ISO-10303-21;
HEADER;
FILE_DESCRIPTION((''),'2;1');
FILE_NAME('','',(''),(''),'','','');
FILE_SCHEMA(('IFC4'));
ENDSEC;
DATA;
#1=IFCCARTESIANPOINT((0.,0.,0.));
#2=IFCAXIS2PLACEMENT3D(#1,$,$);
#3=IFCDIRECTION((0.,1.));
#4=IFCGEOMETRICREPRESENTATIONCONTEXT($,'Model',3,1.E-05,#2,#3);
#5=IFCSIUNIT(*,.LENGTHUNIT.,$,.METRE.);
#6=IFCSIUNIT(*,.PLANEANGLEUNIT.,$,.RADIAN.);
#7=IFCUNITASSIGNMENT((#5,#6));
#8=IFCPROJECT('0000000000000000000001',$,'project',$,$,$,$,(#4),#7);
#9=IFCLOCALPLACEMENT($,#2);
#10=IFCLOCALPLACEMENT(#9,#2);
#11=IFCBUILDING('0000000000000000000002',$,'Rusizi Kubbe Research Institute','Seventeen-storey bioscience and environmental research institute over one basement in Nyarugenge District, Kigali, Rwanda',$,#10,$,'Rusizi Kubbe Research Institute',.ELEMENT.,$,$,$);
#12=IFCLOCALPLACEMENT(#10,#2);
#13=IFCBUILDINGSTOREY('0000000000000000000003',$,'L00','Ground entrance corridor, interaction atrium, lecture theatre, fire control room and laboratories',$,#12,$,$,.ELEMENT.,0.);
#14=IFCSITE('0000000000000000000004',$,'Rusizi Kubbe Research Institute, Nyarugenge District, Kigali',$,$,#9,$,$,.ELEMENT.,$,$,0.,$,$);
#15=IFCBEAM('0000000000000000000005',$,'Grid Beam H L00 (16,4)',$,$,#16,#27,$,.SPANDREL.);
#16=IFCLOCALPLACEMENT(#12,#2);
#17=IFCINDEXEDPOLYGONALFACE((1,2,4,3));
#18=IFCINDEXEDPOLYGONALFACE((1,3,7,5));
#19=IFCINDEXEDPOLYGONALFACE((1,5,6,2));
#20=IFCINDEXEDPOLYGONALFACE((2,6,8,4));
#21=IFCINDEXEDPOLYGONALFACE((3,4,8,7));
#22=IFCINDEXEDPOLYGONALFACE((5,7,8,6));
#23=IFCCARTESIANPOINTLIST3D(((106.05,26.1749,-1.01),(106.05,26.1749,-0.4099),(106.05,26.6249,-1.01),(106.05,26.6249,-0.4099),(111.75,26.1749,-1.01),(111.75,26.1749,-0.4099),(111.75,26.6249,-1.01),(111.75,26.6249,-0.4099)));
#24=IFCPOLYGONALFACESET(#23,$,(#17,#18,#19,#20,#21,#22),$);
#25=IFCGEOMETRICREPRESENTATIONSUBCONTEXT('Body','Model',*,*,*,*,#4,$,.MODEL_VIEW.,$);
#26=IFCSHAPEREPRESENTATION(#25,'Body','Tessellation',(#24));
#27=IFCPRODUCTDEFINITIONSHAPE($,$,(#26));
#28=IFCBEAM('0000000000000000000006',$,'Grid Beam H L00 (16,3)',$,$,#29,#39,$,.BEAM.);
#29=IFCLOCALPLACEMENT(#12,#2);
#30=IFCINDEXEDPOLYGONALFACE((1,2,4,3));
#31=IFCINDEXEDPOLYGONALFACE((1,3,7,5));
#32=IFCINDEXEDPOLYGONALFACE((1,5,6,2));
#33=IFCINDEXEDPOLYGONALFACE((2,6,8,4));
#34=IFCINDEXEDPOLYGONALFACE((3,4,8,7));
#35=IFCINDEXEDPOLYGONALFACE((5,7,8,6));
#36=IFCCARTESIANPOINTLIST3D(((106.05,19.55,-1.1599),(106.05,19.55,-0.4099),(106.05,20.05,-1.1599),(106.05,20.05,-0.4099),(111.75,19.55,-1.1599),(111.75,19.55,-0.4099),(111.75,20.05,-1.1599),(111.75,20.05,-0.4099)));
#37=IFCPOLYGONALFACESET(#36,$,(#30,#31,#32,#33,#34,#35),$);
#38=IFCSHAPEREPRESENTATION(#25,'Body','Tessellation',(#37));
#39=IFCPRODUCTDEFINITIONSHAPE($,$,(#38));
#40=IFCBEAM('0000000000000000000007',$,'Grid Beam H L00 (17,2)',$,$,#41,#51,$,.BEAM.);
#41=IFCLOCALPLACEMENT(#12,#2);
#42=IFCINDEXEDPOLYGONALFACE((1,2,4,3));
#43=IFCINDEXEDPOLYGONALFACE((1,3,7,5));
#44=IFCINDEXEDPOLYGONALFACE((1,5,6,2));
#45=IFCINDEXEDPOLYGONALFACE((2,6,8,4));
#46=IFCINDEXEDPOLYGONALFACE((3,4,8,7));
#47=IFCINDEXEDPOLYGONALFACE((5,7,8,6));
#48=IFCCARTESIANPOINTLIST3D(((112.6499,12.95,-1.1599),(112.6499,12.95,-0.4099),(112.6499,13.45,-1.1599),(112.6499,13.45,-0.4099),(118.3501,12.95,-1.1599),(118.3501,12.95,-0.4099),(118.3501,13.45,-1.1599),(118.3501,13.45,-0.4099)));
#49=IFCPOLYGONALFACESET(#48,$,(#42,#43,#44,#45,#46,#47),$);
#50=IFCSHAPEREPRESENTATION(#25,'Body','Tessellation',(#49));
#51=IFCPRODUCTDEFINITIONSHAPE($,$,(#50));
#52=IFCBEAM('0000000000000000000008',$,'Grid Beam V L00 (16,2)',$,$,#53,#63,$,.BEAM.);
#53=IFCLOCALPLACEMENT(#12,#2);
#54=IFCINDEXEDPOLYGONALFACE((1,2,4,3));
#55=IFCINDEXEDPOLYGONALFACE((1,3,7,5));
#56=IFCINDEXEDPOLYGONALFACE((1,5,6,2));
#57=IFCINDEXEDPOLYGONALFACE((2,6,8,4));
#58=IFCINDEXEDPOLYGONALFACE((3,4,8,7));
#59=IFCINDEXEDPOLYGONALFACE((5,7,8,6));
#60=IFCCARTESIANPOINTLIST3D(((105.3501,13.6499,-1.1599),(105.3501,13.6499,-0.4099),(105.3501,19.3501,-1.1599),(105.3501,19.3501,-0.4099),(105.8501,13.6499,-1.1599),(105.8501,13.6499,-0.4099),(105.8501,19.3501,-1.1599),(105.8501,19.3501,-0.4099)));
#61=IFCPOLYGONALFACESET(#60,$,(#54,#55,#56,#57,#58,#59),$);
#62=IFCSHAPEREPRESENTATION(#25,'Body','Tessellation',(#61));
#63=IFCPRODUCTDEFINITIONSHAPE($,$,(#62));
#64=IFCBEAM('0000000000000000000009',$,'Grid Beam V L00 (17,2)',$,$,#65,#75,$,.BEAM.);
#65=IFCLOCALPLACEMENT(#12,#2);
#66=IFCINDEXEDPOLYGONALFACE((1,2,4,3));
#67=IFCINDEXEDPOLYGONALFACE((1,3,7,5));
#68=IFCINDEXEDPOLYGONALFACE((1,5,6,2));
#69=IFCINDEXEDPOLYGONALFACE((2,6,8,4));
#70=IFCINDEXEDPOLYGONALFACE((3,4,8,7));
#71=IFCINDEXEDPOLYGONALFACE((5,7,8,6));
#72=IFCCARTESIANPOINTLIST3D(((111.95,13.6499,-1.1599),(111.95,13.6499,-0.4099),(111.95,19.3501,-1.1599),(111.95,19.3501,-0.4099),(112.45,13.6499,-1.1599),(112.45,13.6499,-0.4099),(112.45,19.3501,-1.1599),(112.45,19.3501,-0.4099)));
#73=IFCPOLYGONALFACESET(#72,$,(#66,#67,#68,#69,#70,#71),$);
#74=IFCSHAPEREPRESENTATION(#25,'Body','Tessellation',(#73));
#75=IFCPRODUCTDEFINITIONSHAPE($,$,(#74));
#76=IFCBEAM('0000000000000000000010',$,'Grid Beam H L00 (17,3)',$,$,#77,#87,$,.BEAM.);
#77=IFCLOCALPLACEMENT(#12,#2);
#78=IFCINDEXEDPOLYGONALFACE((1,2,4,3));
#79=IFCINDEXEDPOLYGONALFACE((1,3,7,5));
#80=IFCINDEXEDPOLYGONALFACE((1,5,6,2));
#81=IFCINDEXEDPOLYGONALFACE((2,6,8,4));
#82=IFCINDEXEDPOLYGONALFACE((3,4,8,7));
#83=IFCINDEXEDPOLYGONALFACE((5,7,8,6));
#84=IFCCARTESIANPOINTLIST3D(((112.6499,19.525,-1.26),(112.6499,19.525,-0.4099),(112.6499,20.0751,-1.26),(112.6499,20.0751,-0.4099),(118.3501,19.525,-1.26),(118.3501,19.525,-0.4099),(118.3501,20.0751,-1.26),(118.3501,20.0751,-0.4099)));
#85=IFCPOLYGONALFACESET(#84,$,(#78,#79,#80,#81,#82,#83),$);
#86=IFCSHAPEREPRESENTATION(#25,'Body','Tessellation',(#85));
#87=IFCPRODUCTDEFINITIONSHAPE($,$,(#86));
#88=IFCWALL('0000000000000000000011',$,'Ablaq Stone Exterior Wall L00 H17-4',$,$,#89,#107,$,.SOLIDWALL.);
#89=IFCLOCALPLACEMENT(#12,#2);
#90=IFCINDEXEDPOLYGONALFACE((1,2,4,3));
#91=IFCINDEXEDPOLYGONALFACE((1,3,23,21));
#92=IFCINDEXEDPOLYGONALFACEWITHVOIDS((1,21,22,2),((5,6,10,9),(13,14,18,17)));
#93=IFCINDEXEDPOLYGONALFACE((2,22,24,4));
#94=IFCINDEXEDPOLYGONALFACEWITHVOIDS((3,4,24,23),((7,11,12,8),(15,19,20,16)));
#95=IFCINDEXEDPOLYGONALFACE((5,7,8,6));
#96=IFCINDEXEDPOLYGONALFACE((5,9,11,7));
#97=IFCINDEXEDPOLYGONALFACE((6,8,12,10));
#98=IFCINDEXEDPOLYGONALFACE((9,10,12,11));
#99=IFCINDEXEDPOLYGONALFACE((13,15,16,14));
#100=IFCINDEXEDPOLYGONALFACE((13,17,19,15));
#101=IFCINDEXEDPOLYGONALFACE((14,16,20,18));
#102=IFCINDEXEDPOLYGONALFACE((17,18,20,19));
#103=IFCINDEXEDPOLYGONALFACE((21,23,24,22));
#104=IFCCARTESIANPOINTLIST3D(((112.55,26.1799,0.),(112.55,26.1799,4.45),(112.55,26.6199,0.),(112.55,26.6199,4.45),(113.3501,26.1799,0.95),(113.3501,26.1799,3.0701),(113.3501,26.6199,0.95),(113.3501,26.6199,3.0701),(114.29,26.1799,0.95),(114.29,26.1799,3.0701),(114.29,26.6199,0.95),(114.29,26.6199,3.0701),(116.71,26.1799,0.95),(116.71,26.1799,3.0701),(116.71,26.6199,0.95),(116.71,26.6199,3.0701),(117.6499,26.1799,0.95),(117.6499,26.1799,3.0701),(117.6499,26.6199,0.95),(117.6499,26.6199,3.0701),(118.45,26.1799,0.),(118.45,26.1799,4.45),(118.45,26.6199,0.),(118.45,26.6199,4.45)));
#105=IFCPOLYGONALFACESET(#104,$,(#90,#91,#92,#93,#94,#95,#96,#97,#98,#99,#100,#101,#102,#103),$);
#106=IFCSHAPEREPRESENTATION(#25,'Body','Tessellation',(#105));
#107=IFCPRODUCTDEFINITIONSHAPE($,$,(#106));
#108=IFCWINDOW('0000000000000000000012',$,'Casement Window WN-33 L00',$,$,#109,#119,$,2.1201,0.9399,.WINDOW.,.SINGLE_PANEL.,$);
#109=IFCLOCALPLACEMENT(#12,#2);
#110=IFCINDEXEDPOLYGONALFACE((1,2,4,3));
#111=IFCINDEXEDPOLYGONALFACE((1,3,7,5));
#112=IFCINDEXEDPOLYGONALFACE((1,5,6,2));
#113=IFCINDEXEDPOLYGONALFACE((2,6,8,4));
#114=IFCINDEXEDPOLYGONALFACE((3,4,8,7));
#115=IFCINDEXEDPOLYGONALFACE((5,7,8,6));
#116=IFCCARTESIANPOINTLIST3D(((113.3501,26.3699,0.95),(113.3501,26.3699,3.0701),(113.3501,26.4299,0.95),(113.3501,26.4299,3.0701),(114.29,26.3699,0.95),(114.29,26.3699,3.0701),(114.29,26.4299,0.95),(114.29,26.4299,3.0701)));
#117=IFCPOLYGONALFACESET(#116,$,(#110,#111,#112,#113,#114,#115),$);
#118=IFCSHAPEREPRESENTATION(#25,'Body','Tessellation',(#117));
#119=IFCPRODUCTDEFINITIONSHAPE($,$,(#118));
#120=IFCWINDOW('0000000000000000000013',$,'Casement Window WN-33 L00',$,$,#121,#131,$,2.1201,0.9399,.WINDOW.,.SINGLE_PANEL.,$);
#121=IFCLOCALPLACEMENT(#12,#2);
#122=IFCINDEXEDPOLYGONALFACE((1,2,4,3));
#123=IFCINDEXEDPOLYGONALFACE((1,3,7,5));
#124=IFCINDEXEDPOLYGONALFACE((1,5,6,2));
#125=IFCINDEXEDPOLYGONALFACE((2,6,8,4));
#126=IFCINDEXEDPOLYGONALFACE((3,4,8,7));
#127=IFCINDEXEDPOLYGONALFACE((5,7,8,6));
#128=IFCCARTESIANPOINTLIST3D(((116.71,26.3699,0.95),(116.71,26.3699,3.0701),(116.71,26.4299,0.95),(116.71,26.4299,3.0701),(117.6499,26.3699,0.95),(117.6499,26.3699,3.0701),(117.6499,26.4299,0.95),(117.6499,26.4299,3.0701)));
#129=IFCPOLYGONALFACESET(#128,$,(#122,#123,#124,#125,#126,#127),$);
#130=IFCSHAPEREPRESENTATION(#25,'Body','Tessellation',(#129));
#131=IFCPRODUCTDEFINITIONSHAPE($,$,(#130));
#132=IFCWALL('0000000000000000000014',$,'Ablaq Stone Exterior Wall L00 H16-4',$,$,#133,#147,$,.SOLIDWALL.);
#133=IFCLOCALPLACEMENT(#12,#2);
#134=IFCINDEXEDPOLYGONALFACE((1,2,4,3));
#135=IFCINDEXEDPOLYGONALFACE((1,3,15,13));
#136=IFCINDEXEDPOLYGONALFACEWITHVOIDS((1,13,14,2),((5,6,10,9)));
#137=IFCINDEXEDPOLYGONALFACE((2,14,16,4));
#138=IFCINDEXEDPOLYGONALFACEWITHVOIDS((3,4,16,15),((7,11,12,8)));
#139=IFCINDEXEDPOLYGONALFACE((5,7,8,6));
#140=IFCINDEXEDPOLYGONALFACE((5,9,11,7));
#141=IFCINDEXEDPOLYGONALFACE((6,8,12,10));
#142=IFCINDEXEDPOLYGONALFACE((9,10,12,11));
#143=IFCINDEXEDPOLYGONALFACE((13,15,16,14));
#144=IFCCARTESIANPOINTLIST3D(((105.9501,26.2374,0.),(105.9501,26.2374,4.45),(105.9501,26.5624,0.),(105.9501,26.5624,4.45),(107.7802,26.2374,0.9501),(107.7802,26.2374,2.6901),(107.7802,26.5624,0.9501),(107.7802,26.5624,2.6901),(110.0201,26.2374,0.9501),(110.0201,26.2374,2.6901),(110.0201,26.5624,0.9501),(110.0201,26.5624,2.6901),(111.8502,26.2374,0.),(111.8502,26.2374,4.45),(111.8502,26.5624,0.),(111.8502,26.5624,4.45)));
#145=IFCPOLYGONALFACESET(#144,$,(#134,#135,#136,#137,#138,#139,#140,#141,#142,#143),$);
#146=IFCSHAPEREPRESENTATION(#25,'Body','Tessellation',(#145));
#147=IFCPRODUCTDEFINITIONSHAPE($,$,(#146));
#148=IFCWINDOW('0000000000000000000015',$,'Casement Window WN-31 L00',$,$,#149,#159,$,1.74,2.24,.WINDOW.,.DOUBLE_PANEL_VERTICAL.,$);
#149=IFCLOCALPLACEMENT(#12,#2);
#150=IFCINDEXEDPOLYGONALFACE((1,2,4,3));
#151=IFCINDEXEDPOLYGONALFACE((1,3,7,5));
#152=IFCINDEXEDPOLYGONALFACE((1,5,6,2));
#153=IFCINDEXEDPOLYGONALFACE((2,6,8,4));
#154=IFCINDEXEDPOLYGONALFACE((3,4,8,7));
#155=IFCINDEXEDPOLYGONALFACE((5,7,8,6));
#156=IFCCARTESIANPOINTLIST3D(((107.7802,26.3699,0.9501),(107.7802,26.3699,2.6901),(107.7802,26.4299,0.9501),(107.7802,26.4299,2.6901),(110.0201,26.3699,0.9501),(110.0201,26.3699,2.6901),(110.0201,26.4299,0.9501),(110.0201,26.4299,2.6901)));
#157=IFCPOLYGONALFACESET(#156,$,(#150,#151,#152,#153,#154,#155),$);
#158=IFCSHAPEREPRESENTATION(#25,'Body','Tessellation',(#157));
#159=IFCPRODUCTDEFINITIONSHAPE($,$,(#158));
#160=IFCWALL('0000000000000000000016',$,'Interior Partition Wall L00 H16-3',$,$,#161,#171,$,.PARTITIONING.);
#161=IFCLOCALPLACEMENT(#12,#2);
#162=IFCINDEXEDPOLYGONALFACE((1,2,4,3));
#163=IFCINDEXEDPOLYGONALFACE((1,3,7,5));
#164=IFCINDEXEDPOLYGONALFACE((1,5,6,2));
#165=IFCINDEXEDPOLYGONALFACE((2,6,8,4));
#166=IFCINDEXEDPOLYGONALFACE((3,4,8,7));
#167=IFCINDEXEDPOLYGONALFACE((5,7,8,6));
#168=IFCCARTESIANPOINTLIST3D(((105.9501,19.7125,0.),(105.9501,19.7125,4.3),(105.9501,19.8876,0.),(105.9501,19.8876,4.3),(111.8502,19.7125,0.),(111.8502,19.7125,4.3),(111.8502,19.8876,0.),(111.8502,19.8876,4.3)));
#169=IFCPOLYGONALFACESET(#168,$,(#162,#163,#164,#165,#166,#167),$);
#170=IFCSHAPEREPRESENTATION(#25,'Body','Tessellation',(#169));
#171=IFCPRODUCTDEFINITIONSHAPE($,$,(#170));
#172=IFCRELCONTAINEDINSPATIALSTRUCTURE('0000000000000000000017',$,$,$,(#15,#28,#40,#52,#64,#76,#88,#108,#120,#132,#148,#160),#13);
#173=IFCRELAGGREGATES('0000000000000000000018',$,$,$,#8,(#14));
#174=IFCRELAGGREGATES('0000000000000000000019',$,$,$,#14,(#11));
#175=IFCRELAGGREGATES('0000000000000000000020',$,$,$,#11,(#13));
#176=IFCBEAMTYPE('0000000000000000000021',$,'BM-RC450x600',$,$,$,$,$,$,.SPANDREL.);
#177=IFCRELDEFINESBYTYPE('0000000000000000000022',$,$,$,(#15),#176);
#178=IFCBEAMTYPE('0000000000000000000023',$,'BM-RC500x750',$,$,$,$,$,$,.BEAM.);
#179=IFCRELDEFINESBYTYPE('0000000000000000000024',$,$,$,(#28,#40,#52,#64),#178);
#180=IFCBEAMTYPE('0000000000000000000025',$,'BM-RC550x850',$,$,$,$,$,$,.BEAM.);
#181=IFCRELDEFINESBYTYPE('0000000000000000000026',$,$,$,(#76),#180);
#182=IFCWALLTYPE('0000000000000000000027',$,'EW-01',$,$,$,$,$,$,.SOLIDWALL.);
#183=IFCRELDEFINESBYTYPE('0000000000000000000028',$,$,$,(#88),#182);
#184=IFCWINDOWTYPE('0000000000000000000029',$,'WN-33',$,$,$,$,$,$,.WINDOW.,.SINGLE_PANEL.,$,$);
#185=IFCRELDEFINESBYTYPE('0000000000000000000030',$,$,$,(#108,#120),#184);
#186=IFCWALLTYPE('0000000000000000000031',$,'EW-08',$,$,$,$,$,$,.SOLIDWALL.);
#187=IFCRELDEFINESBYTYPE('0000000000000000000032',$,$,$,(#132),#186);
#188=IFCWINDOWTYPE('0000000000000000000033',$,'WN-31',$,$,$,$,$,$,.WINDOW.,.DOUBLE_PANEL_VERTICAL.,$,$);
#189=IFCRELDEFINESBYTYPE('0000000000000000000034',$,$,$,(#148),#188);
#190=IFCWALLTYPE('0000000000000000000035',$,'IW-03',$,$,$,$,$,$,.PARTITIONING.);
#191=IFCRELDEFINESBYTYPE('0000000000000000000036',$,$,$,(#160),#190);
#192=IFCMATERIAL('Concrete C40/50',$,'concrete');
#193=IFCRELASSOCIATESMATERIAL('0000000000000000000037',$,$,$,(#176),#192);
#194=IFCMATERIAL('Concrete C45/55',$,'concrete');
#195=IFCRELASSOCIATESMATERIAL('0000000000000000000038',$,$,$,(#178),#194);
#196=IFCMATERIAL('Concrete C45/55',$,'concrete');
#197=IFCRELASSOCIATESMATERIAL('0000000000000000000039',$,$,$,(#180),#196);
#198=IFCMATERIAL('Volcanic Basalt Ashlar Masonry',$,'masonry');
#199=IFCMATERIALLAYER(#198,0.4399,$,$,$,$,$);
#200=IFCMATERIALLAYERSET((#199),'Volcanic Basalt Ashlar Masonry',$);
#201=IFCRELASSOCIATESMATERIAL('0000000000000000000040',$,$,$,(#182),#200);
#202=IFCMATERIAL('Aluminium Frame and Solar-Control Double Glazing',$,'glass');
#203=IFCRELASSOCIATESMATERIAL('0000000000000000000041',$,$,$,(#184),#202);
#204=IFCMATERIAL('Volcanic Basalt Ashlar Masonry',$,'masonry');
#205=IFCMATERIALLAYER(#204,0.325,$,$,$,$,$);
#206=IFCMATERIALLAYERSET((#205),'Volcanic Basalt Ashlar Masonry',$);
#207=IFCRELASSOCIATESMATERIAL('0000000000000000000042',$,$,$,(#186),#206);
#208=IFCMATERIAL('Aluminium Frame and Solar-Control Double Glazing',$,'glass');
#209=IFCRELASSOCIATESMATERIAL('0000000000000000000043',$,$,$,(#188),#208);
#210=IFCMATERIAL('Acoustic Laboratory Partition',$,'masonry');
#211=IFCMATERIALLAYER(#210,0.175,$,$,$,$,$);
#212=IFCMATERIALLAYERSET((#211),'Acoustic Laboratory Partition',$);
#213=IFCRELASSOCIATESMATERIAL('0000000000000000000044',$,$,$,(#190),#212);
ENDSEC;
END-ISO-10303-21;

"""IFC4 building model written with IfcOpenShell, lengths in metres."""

from ifc_helpers import new_model, si_unit, direction, frame, frame_2d, origin, origin_2d, place, context, subcontext, project, spatial, rectangle, extrude, material, layer, layer_set, material_profile, profile_set, type_object, element, fill, save


model = new_model("IFC4")

# Units and contexts
model_context = context("Model", 3, precision=1e-05, world=origin(), true_north=direction((0.0, 1.0)))
body_context = subcontext(model_context, "Body", "Model", "MODEL_VIEW")
ifc_project = project(units=[si_unit("LENGTHUNIT", "METRE"), si_unit("PLANEANGLEUNIT", "RADIAN")], contexts=[model_context])

# Site, building, storey
site_placement = place(None, origin())
site = spatial("IfcSite", under=ifc_project, at=site_placement, Name="Rusizi Kubbe Research Institute, Nyarugenge District, Kigali", CompositionType="ELEMENT", RefElevation=0.0)
building_placement = place(site_placement, origin())
building = spatial("IfcBuilding", under=site, at=building_placement, Name="Rusizi Kubbe Research Institute", Description="Seventeen-storey bioscience and environmental research institute over one basement in Nyarugenge District, Kigali, Rwanda", LongName="Rusizi Kubbe Research Institute", CompositionType="ELEMENT")
storey_placement = place(building_placement, origin())
storey = spatial("IfcBuildingStorey", under=building, at=storey_placement, Name="L00", Description="Ground entrance corridor, interaction atrium, lecture theatre, fire control room and laboratories", CompositionType="ELEMENT", Elevation=0.0)

# Beams
ifc_material_1 = material(Name="Concrete C40/50", Category="concrete")
ifc_material_profile_1 = material_profile(ifc_material_1, rectangle(XDim=0.45, YDim=0.6001, at=origin_2d()), Name="RC450x600")
ifc_profile_set_1 = profile_set([ifc_material_profile_1], Name="Concrete C40/50")
beam_type_1 = type_object("IfcBeamType", Name="BM-RC450x600", PredefinedType="SPANDREL", material=ifc_profile_set_1)
beam_1_placement = place(storey_placement, frame((106.05, 26.3999, -0.71), z_axis=(1.0, 0.0, 0.0), x_axis=(0.0, 1.0, 0.0)))
element("IfcBeam", 1, at=beam_1_placement, inside=storey, type_object=beam_type_1, Name="Grid Beam H L00 (16,4)", PredefinedType="SPANDREL", context=body_context, shape_type="SweptSolid", body=[
    extrude(rectangle(XDim=0.45, YDim=0.6001, at=origin_2d()), origin(), (0.0, 0.0, 1.0), 5.7),
])
ifc_material_2 = material(Name="Concrete C45/55", Category="concrete")
ifc_material_profile_2 = material_profile(ifc_material_2, rectangle(XDim=0.5, YDim=0.75, at=origin_2d()), Name="RC500x750B")
ifc_profile_set_2 = profile_set([ifc_material_profile_2], Name="Concrete C45/55")
beam_type_2 = type_object("IfcBeamType", Name="BM-RC500x750", PredefinedType="BEAM", material=ifc_profile_set_2)
beam_2_placement = place(storey_placement, frame((106.05, 19.8, -0.7849), z_axis=(1.0, 0.0, 0.0), x_axis=(0.0, 1.0, 0.0)))
element("IfcBeam", 2, at=beam_2_placement, inside=storey, type_object=beam_type_2, Name="Grid Beam H L00 (16,3)", PredefinedType="BEAM", context=body_context, shape_type="SweptSolid", body=[
    extrude(rectangle(XDim=0.5, YDim=0.75, at=origin_2d()), origin(), (0.0, 0.0, 1.0), 5.7),
])
for number, where, z_axis, x_axis, name in (
    (3, (112.6499, 13.2, -0.7849), (1.0, 0.0, 0.0), (0.0, 1.0, 0.0), "Grid Beam H L00 (17,2)"),
    (4, (105.6001, 13.6499, -0.7849), (0.0, 1.0, 0.0), (-1.0, 0.0, 0.0), "Grid Beam V L00 (16,2)"),
    (5, (112.2, 13.6499, -0.7849), (0.0, 1.0, 0.0), (-1.0, 0.0, 0.0), "Grid Beam V L00 (17,2)"),
):
    element("IfcBeam", number, at=place(storey_placement, frame(where, z_axis=z_axis, x_axis=x_axis)), inside=storey, type_object=beam_type_2, Name=name, PredefinedType="BEAM", context=body_context, shape_type="SweptSolid", body=[
        extrude(rectangle(XDim=0.5, YDim=0.75, at=origin_2d()), origin(), (0.0, 0.0, 1.0), 5.7002),
    ])
ifc_material_3 = material(Name="Concrete C45/55", Category="concrete")
ifc_material_profile_3 = material_profile(ifc_material_3, rectangle(XDim=0.55, YDim=0.8501, at=origin_2d()), Name="RC550x850")
ifc_profile_set_3 = profile_set([ifc_material_profile_3], Name="Concrete C45/55")
beam_type_3 = type_object("IfcBeamType", Name="BM-RC550x850", PredefinedType="BEAM", material=ifc_profile_set_3)
beam_3_placement = place(storey_placement, frame((112.6499, 19.8, -0.835), z_axis=(1.0, 0.0, 0.0), x_axis=(0.0, 1.0, 0.0)))
element("IfcBeam", 6, at=beam_3_placement, inside=storey, type_object=beam_type_3, Name="Grid Beam H L00 (17,3)", PredefinedType="BEAM", context=body_context, shape_type="SweptSolid", body=[
    extrude(rectangle(XDim=0.55, YDim=0.8501, at=origin_2d()), origin(), (0.0, 0.0, 1.0), 5.7002),
])

# Wall, openings, windows
ifc_material_4 = material(Name="Volcanic Basalt Ashlar Masonry", Category="masonry")
ifc_layer_1 = layer(ifc_material_4, 0.4399)
ifc_layer_set_1 = layer_set([ifc_layer_1], Name="Volcanic Basalt Ashlar Masonry")
wall_type_1 = type_object("IfcWallType", Name="EW-01", PredefinedType="SOLIDWALL", material=ifc_layer_set_1)
wall_1_placement = place(storey_placement, frame((112.55, 26.3999, 0.0), z_axis=(0.0, 0.0, 1.0), x_axis=(1.0, 0.0, 0.0)))
wall_1 = element("IfcWall", 7, at=wall_1_placement, inside=storey, type_object=wall_type_1, Name="Ablaq Stone Exterior Wall L00 H17-4", PredefinedType="SOLIDWALL", context=body_context, shape_type="SweptSolid", body=[
    extrude(rectangle(XDim=5.8999, YDim=0.4399, at=frame_2d((2.95, 0.0))), origin(), (0.0, 0.0, 1.0), 4.45),
])
opening_1_placement = place(wall_1_placement, frame((0.8, 0.0, 0.95)))
opening_1 = element("IfcOpeningElement", 8, at=opening_1_placement, cuts=wall_1, PredefinedType="OPENING", context=body_context, shape_type="SweptSolid", body=[
    extrude(rectangle(XDim=0.9399, YDim=2.1201, at=frame_2d((0.47, 1.0601))), frame((0.0, 0.23, 0.0), z_axis=(0.0, -1.0, 0.0), x_axis=(1.0, 0.0, 0.0)), (0.0, 0.0, 1.0), 0.46),
])
opening_2_placement = place(wall_1_placement, frame((4.1599, 0.0, 0.95)))
opening_2 = element("IfcOpeningElement", 9, at=opening_2_placement, cuts=wall_1, PredefinedType="OPENING", context=body_context, shape_type="SweptSolid", body=[
    extrude(rectangle(XDim=0.9399, YDim=2.1201, at=frame_2d((0.47, 1.0601))), frame((0.0, 0.23, 0.0), z_axis=(0.0, -1.0, 0.0), x_axis=(1.0, 0.0, 0.0)), (0.0, 0.0, 1.0), 0.46),
])
ifc_material_5 = material(Name="Aluminium Frame and Solar-Control Double Glazing", Category="glass")
window_type_1 = type_object("IfcWindowType", Name="WN-33", PartitioningType="SINGLE_PANEL", PredefinedType="WINDOW", material=ifc_material_5)
window_1_placement = place(opening_1_placement, origin())
window_1 = element("IfcWindow", 10, at=window_1_placement, inside=storey, type_object=window_type_1, Name="Casement Window WN-33 L00", OverallHeight=2.1201, OverallWidth=0.9399, PartitioningType="SINGLE_PANEL", PredefinedType="WINDOW", context=body_context, shape_type="SweptSolid", body=[
    extrude(rectangle(XDim=0.9399, YDim=2.1201, at=frame_2d((0.47, 1.0601))), frame((0.0, 0.03, 0.0), z_axis=(0.0, -1.0, 0.0), x_axis=(1.0, 0.0, 0.0)), (0.0, 0.0, 1.0), 0.0601),
])
fill(opening_1, window_1)
window_2_placement = place(opening_2_placement, origin())
window_2 = element("IfcWindow", 11, at=window_2_placement, inside=storey, type_object=window_type_1, Name="Casement Window WN-33 L00", OverallHeight=2.1201, OverallWidth=0.9399, PartitioningType="SINGLE_PANEL", PredefinedType="WINDOW", context=body_context, shape_type="SweptSolid", body=[
    extrude(rectangle(XDim=0.9399, YDim=2.1201, at=frame_2d((0.47, 1.0601))), frame((0.0, 0.03, 0.0), z_axis=(0.0, -1.0, 0.0), x_axis=(1.0, 0.0, 0.0)), (0.0, 0.0, 1.0), 0.0601),
])
fill(opening_2, window_2)

# Wall, opening, window
ifc_material_6 = material(Name="Volcanic Basalt Ashlar Masonry", Category="masonry")
ifc_layer_2 = layer(ifc_material_6, 0.325)
ifc_layer_set_2 = layer_set([ifc_layer_2], Name="Volcanic Basalt Ashlar Masonry")
wall_type_2 = type_object("IfcWallType", Name="EW-08", PredefinedType="SOLIDWALL", material=ifc_layer_set_2)
wall_2_placement = place(storey_placement, frame((105.95, 26.3999, 0.0), z_axis=(0.0, 0.0, 1.0), x_axis=(1.0, 0.0, 0.0)))
wall_2 = element("IfcWall", 12, at=wall_2_placement, inside=storey, type_object=wall_type_2, Name="Ablaq Stone Exterior Wall L00 H16-4", PredefinedType="SOLIDWALL", context=body_context, shape_type="SweptSolid", body=[
    extrude(rectangle(XDim=5.9001, YDim=0.325, at=frame_2d((2.9502, 0.0))), origin(), (0.0, 0.0, 1.0), 4.45),
])
opening_3_placement = place(wall_2_placement, frame((1.8301, 0.0, 0.95)))
opening_3 = element("IfcOpeningElement", 13, at=opening_3_placement, cuts=wall_2, PredefinedType="OPENING", context=body_context, shape_type="SweptSolid", body=[
    extrude(rectangle(XDim=2.24, YDim=1.74, at=frame_2d((1.1201, 0.8701))), frame((0.0, 0.1724, 0.0), z_axis=(0.0, -1.0, 0.0), x_axis=(1.0, 0.0, 0.0)), (0.0, 0.0, 1.0), 0.345),
])
ifc_material_7 = material(Name="Aluminium Frame and Solar-Control Double Glazing", Category="glass")
window_type_2 = type_object("IfcWindowType", Name="WN-31", PartitioningType="DOUBLE_PANEL_VERTICAL", PredefinedType="WINDOW", material=ifc_material_7)
window_3_placement = place(opening_3_placement, origin())
window_3 = element("IfcWindow", 14, at=window_3_placement, inside=storey, type_object=window_type_2, Name="Casement Window WN-31 L00", OverallHeight=1.74, OverallWidth=2.24, PartitioningType="DOUBLE_PANEL_VERTICAL", PredefinedType="WINDOW", context=body_context, shape_type="SweptSolid", body=[
    extrude(rectangle(XDim=2.24, YDim=1.74, at=frame_2d((1.1201, 0.8701))), frame((0.0, 0.03, 0.0), z_axis=(0.0, -1.0, 0.0), x_axis=(1.0, 0.0, 0.0)), (0.0, 0.0, 1.0), 0.0601),
])
fill(opening_3, window_3)

# Wall
ifc_material_8 = material(Name="Acoustic Laboratory Partition", Category="masonry")
ifc_layer_3 = layer(ifc_material_8, 0.175)
ifc_layer_set_3 = layer_set([ifc_layer_3], Name="Acoustic Laboratory Partition")
wall_type_3 = type_object("IfcWallType", Name="IW-03", PredefinedType="PARTITIONING", material=ifc_layer_set_3)
wall_3_placement = place(storey_placement, frame((105.95, 19.8, 0.0), z_axis=(0.0, 0.0, 1.0), x_axis=(1.0, 0.0, 0.0)))
element("IfcWall", 15, at=wall_3_placement, inside=storey, type_object=wall_type_3, Name="Interior Partition Wall L00 H16-3", PredefinedType="PARTITIONING", context=body_context, shape_type="SweptSolid", body=[
    extrude(rectangle(XDim=5.9001, YDim=0.175, at=frame_2d((2.9502, 0.0))), origin(), (0.0, 0.0, 1.0), 4.3),
])

save(model, "model.ifc")
